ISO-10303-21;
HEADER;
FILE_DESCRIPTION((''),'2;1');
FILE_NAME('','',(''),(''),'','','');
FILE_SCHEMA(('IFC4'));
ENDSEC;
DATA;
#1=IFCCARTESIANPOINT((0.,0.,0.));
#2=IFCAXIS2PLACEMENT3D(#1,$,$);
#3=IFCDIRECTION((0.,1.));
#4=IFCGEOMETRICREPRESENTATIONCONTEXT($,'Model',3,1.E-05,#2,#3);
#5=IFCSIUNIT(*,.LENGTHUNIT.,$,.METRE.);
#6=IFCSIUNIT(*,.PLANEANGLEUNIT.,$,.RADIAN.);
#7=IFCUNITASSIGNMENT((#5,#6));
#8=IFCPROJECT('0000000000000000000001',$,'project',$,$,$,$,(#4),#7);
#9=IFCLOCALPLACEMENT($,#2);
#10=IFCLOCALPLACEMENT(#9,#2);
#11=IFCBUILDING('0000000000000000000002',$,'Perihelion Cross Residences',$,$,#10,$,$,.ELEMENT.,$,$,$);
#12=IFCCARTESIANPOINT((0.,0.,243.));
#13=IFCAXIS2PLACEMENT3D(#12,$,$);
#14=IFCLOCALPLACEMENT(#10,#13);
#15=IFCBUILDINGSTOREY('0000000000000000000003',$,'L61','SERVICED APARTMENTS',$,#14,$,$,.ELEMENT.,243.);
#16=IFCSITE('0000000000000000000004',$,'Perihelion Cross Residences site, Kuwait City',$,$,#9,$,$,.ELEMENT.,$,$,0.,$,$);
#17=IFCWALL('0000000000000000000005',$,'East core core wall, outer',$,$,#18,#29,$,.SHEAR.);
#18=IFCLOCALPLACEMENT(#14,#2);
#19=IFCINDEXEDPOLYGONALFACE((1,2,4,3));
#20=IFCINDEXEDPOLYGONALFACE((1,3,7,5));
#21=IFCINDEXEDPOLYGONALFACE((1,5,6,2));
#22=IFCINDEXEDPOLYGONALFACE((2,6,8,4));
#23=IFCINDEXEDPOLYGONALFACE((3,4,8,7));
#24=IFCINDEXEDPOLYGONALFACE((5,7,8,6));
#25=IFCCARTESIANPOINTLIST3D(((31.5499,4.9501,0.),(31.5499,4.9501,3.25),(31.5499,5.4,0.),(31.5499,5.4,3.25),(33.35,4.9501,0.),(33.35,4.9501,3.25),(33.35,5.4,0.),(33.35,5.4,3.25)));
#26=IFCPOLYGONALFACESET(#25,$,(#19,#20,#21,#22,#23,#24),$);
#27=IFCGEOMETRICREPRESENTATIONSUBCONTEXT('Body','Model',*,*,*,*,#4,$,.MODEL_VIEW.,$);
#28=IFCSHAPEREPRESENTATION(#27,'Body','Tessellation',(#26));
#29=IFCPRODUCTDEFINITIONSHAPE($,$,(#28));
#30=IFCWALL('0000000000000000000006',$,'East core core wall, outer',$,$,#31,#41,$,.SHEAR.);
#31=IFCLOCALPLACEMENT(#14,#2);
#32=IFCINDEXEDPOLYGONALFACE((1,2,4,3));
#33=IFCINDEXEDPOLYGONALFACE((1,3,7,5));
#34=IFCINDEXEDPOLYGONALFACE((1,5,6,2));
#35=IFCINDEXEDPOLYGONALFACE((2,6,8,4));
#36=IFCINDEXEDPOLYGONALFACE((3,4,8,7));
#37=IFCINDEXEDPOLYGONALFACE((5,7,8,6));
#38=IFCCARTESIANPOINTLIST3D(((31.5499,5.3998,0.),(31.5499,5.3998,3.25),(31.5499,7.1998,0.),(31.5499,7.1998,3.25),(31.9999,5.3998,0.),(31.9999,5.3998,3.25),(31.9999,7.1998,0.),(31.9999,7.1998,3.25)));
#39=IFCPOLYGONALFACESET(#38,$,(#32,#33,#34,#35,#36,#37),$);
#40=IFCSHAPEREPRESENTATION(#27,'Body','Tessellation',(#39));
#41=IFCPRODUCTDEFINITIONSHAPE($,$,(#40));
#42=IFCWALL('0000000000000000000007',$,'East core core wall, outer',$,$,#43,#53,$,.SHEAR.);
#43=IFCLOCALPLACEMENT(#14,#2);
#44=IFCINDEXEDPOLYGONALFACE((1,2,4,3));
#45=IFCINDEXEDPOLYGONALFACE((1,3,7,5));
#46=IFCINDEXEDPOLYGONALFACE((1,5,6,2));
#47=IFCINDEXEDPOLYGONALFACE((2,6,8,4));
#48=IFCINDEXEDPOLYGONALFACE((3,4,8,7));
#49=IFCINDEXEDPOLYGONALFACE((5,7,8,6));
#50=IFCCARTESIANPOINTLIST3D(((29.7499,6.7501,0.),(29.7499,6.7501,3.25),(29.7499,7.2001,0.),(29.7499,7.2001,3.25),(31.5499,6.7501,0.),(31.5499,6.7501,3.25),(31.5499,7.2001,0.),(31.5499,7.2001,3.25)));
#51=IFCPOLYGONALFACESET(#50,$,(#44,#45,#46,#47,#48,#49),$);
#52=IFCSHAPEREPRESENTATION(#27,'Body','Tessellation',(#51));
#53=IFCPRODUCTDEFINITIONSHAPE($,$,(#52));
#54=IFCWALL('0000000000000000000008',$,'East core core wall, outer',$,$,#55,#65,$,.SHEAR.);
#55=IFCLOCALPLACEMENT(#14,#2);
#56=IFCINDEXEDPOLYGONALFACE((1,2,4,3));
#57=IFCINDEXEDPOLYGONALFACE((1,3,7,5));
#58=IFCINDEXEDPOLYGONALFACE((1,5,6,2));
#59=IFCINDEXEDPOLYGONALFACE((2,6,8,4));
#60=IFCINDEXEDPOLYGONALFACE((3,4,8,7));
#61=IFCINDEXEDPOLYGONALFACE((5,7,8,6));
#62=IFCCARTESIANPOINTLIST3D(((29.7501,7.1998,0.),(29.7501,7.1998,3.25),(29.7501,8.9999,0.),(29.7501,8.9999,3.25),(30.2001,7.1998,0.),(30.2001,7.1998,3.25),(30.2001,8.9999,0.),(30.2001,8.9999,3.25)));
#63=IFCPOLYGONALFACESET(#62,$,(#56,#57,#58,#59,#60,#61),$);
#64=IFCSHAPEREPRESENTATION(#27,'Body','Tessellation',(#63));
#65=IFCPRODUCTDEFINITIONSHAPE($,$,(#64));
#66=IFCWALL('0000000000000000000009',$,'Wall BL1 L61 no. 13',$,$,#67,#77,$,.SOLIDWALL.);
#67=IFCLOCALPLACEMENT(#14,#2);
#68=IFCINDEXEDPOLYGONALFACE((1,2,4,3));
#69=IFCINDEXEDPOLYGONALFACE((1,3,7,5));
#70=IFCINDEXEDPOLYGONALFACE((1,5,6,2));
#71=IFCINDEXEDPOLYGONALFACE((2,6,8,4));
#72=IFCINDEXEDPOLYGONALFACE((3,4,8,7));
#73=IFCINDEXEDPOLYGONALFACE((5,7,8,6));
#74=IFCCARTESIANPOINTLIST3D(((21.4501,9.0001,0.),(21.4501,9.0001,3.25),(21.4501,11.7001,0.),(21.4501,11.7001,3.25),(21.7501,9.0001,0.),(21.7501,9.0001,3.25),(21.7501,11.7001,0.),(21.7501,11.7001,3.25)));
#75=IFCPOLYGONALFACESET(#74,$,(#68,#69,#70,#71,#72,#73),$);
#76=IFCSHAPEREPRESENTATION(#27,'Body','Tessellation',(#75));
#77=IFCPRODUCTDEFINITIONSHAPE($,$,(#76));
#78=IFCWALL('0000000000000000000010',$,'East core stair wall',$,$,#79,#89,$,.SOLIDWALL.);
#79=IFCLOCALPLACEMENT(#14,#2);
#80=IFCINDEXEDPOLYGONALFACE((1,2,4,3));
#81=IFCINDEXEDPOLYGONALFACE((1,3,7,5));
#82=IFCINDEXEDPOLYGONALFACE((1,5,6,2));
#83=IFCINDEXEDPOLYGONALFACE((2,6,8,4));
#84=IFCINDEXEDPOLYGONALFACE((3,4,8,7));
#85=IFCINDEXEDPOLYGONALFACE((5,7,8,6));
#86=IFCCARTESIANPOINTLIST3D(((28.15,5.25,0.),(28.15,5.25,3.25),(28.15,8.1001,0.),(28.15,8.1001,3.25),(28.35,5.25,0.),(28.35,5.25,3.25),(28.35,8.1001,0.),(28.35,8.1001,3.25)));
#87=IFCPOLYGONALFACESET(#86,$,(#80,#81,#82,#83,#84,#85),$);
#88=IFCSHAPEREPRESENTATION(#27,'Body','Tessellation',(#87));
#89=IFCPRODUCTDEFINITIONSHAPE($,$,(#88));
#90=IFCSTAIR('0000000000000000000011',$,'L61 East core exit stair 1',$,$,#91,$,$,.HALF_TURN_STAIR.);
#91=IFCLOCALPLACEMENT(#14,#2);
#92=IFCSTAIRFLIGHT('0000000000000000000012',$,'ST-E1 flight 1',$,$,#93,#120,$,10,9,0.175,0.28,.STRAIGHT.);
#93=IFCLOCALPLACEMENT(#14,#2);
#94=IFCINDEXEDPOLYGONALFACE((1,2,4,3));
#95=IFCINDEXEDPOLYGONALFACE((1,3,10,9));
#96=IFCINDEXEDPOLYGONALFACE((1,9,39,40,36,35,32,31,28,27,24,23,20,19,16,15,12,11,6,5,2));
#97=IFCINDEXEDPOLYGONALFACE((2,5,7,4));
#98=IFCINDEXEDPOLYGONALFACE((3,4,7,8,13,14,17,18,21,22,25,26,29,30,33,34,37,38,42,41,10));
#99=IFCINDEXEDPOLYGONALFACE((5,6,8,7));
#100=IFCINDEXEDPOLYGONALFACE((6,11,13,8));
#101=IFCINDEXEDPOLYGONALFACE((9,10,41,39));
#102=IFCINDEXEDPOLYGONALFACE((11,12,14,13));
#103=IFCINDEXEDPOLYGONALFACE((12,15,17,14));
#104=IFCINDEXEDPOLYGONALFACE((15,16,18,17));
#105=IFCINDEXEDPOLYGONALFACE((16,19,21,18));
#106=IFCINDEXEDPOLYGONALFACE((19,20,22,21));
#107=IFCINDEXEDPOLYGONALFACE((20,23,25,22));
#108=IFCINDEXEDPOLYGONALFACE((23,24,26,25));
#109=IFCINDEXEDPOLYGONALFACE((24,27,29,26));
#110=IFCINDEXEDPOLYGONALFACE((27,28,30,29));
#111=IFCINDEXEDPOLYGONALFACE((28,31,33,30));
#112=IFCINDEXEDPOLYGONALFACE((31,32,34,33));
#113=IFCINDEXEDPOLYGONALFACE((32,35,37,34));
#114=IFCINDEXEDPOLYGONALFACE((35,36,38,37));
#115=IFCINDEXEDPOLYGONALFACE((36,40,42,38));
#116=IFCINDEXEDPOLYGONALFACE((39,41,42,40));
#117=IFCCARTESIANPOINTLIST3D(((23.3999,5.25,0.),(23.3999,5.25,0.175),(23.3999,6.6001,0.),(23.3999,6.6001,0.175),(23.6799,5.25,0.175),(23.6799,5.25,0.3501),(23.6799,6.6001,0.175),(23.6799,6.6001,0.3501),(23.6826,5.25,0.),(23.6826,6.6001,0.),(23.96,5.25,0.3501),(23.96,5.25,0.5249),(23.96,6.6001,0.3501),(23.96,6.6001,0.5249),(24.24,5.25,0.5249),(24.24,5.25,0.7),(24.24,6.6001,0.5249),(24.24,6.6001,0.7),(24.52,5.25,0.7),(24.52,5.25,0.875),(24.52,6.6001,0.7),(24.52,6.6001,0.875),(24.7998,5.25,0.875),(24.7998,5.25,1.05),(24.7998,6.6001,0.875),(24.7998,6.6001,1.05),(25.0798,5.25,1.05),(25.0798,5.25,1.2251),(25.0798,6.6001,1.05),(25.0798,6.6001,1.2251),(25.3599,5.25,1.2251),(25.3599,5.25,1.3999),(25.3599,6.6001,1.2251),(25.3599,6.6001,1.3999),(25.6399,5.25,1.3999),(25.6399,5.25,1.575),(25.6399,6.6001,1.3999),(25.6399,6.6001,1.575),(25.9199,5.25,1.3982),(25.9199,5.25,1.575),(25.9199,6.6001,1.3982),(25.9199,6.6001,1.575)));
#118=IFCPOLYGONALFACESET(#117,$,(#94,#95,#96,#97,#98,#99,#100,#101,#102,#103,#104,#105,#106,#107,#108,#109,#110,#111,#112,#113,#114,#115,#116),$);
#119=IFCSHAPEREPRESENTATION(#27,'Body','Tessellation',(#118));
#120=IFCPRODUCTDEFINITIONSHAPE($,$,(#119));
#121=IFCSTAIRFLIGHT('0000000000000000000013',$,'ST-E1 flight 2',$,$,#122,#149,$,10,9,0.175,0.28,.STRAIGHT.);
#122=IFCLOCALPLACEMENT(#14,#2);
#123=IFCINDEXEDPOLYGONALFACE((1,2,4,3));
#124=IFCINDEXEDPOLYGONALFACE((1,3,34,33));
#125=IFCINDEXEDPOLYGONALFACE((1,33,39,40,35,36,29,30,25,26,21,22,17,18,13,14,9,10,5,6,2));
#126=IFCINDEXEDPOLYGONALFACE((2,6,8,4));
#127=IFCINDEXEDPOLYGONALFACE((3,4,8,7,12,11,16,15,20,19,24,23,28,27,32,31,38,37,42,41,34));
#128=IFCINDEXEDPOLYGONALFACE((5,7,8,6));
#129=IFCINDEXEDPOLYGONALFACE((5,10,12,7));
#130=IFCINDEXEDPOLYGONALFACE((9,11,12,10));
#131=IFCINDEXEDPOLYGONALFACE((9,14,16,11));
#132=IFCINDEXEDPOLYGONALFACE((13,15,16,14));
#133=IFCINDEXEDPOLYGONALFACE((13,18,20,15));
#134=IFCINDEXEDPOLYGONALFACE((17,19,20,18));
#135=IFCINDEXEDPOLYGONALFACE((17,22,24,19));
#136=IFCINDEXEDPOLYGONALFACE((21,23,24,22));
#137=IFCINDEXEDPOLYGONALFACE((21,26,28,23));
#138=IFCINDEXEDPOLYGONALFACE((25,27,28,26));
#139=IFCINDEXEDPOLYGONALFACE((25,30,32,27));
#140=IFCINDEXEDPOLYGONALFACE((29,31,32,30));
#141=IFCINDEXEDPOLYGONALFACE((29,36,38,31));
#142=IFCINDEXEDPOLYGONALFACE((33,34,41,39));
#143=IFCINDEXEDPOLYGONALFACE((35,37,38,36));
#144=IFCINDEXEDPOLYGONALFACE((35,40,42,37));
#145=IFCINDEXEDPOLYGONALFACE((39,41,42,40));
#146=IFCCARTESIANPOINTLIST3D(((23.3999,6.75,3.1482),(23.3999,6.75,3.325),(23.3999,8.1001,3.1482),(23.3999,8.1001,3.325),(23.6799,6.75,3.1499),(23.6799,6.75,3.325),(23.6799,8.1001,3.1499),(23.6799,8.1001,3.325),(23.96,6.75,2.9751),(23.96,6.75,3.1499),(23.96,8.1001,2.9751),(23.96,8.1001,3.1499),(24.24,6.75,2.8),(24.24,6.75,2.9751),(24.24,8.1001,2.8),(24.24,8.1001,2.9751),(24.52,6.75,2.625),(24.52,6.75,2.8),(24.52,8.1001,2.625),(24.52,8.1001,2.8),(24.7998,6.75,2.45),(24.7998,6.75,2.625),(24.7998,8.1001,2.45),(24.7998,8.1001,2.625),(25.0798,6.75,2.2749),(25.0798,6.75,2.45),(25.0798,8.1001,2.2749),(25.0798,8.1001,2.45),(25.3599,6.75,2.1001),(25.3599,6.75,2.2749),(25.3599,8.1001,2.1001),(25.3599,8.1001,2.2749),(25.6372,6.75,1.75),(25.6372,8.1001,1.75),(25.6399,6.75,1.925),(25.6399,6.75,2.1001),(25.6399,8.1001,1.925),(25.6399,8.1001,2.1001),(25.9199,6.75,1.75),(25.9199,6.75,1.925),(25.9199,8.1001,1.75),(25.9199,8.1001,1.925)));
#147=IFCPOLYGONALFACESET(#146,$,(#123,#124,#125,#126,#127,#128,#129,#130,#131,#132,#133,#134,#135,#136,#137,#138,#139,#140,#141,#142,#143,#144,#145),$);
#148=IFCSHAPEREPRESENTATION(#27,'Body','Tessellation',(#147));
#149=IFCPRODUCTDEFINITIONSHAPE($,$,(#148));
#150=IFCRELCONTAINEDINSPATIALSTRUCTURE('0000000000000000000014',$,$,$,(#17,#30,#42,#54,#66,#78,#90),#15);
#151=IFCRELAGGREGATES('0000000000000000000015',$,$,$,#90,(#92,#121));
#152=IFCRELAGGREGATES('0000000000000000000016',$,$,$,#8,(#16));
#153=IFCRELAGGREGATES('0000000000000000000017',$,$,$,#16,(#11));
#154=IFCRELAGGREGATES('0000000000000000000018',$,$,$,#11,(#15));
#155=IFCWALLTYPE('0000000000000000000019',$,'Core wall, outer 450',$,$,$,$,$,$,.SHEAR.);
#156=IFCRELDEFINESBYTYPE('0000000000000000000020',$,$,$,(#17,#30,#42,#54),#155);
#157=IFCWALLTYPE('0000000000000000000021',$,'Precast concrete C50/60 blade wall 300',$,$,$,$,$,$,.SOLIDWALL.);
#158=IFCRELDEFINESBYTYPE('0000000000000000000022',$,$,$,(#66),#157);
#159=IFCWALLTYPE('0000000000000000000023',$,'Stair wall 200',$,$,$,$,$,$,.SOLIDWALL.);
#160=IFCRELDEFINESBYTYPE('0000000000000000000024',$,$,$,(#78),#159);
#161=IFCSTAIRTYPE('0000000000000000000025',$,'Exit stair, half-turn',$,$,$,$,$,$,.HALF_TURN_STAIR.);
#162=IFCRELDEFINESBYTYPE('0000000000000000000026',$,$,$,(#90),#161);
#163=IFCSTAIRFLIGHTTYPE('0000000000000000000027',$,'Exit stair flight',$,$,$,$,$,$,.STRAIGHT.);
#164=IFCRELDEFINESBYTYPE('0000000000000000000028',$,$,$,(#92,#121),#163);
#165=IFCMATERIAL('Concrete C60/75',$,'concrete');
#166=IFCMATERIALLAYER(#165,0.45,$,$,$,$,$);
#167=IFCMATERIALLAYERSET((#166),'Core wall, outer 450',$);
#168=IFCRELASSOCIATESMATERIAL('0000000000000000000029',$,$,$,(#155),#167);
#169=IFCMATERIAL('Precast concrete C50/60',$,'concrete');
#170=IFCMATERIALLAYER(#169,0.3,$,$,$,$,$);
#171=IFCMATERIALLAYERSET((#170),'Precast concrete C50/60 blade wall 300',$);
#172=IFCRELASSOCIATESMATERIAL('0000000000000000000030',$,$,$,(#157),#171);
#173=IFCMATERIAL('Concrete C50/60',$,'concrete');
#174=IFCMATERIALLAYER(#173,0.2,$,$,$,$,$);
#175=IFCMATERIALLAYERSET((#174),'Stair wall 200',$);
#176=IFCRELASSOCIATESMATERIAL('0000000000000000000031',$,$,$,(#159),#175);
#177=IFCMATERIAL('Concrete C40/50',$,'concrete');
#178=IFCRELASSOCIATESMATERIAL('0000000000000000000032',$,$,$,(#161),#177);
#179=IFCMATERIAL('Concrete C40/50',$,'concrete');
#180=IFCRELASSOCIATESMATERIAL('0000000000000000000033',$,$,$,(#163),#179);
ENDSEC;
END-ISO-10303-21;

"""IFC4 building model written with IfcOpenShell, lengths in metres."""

from ifc_helpers import new_model, si_unit, direction, frame, frame_2d, origin, place, context, subcontext, project, spatial, polyline, rectangle, outline, extrude, material, layer, layer_set, type_object, element, aggregate, save


model = new_model("IFC4")

# Units and contexts
model_context = context("Model", 3, precision=1e-05, world=origin(), true_north=direction((0.0, 1.0)))
body_context = subcontext(model_context, "Body", "Model", "MODEL_VIEW")
ifc_project = project(units=[si_unit("LENGTHUNIT", "METRE"), si_unit("PLANEANGLEUNIT", "RADIAN")], contexts=[model_context])

# Site, building, storey
site_placement = place(None, origin())
site = spatial("IfcSite", under=ifc_project, at=site_placement, Name="Perihelion Cross Residences site, Kuwait City", CompositionType="ELEMENT", RefElevation=0.0)
building_placement = place(site_placement, origin())
building = spatial("IfcBuilding", under=site, at=building_placement, Name="Perihelion Cross Residences", CompositionType="ELEMENT")
storey_placement = place(building_placement, frame((0.0, 0.0, 243.0)))
storey = spatial("IfcBuildingStorey", under=building, at=storey_placement, Name="L61", Description="SERVICED APARTMENTS", CompositionType="ELEMENT", Elevation=243.0)

# Walls
ifc_material_1 = material(Name="Concrete C60/75", Category="concrete")
ifc_layer_1 = layer(ifc_material_1, 0.45)
ifc_layer_set_1 = layer_set([ifc_layer_1], Name="Core wall, outer 450")
wall_type_1 = type_object("IfcWallType", Name="Core wall, outer 450", PredefinedType="SHEAR", material=ifc_layer_set_1)
for number, where, z_axis, x_axis, name in (
    (1, (31.55, 5.175, 0.0), (0.0, 0.0, 1.0), (1.0, 0.0, 0.0), "East core core wall, outer"),
    (2, (31.7749, 5.3999, 0.0), (0.0, 0.0, 1.0), (0.0, 1.0, 0.0), "East core core wall, outer"),
    (3, (29.75, 6.9751, 0.0), (0.0, 0.0, 1.0), (1.0, 0.0, 0.0), "East core core wall, outer"),
    (4, (29.9751, 7.2, 0.0), (0.0, 0.0, 1.0), (0.0, 1.0, 0.0), "East core core wall, outer"),
):
    element("IfcWall", number, at=place(storey_placement, frame(where, z_axis=z_axis, x_axis=x_axis)), inside=storey, type_object=wall_type_1, Name=name, PredefinedType="SHEAR", context=body_context, shape_type="SweptSolid", body=[
        extrude(rectangle(XDim=1.8, YDim=0.45, at=frame_2d((0.8999, 0.0))), origin(), (0.0, 0.0, 1.0), 3.25),
    ])
ifc_material_2 = material(Name="Precast concrete C50/60", Category="concrete")
ifc_layer_2 = layer(ifc_material_2, 0.3)
ifc_layer_set_2 = layer_set([ifc_layer_2], Name="Precast concrete C50/60 blade wall 300")
wall_type_2 = type_object("IfcWallType", Name="Precast concrete C50/60 blade wall 300", PredefinedType="SOLIDWALL", material=ifc_layer_set_2)
wall_1_placement = place(storey_placement, frame((21.6001, 9.0, 0.0), z_axis=(0.0, 0.0, 1.0), x_axis=(0.0, 1.0, 0.0)))
element("IfcWall", 5, at=wall_1_placement, inside=storey, type_object=wall_type_2, Name="Wall BL1 L61 no. 13", PredefinedType="SOLIDWALL", context=body_context, shape_type="SweptSolid", body=[
    extrude(rectangle(XDim=2.7, YDim=0.3, at=frame_2d((1.3501, 0.0))), origin(), (0.0, 0.0, 1.0), 3.25),
])
ifc_material_3 = material(Name="Concrete C50/60", Category="concrete")
ifc_layer_3 = layer(ifc_material_3, 0.2)
ifc_layer_set_3 = layer_set([ifc_layer_3], Name="Stair wall 200")
wall_type_3 = type_object("IfcWallType", Name="Stair wall 200", PredefinedType="SOLIDWALL", material=ifc_layer_set_3)
wall_2_placement = place(storey_placement, frame((28.25, 5.25, 0.0), z_axis=(0.0, 0.0, 1.0), x_axis=(0.0, 1.0, 0.0)))
element("IfcWall", 6, at=wall_2_placement, inside=storey, type_object=wall_type_3, Name="East core stair wall", PredefinedType="SOLIDWALL", context=body_context, shape_type="SweptSolid", body=[
    extrude(rectangle(XDim=2.8501, YDim=0.2, at=frame_2d((1.425, 0.0))), origin(), (0.0, 0.0, 1.0), 3.25),
])

# Stair, stair flights
ifc_material_4 = material(Name="Concrete C40/50", Category="concrete")
stair_type = type_object("IfcStairType", Name="Exit stair, half-turn", PredefinedType="HALF_TURN_STAIR", material=ifc_material_4)
stair_placement = place(storey_placement, origin())
stair = element("IfcStair", 7, at=stair_placement, inside=storey, type_object=stair_type, Name="L61 East core exit stair 1", PredefinedType="HALF_TURN_STAIR")
ifc_material_5 = material(Name="Concrete C40/50", Category="concrete")
stair_flight_type = type_object("IfcStairFlightType", Name="Exit stair flight", PredefinedType="STRAIGHT", material=ifc_material_5)
stair_flight_1_placement = place(storey_placement, frame((23.3999, 5.925, 0.0), z_axis=(0.0, 0.0, 1.0), x_axis=(1.0, 0.0, 0.0)))
stair_flight_1 = element("IfcStairFlight", 8, at=stair_flight_1_placement, type_object=stair_flight_type, Name="ST-E1 flight 1", NumberOfRisers=10, NumberOfTreads=9, PredefinedType="STRAIGHT", RiserHeight=0.175, TreadLength=0.28, context=body_context, shape_type="SweptSolid", body=[
    extrude(outline(polyline([(0.0, 0.0), (0.0, 0.175), (0.28, 0.175), (0.28, 0.3501), (0.5601, 0.3501), (0.5601, 0.5249), (0.8401, 0.5249), (0.8401, 0.7), (1.1201, 0.7), (1.1201, 0.875), (1.3999, 0.875), (1.3999, 1.05), (1.6799, 1.05), (1.6799, 1.2251), (1.96, 1.2251), (1.96, 1.3999), (2.24, 1.3999), (2.24, 1.575), (2.52, 1.575), (2.52, 1.75), (2.52, 1.3982), (0.2827, 0.0), (0.0, 0.0)])), frame((0.0, 0.675, 0.0), z_axis=(0.0, -1.0, 0.0), x_axis=(1.0, 0.0, 0.0)), (0.0, 0.0, 1.0), 1.3501),
])
stair_flight_2_placement = place(storey_placement, frame((25.9199, 7.425, 1.75), z_axis=(0.0, 0.0, 1.0), x_axis=(-1.0, 0.0, 0.0)))
stair_flight_2 = element("IfcStairFlight", 9, at=stair_flight_2_placement, type_object=stair_flight_type, Name="ST-E1 flight 2", NumberOfRisers=10, NumberOfTreads=9, PredefinedType="STRAIGHT", RiserHeight=0.175, TreadLength=0.28, context=body_context, shape_type="SweptSolid", body=[
    extrude(outline(polyline([(0.0, 0.0), (0.0, 0.175), (0.28, 0.175), (0.28, 0.3501), (0.5601, 0.3501), (0.5601, 0.5249), (0.8401, 0.5249), (0.8401, 0.7), (1.1201, 0.7), (1.1201, 0.875), (1.3999, 0.875), (1.3999, 1.05), (1.6799, 1.05), (1.6799, 1.2251), (1.96, 1.2251), (1.96, 1.3999), (2.24, 1.3999), (2.24, 1.575), (2.52, 1.575), (2.52, 1.75), (2.52, 1.3982), (0.2827, 0.0), (0.0, 0.0)])), frame((0.0, 0.675, 0.0), z_axis=(0.0, -1.0, 0.0), x_axis=(1.0, 0.0, 0.0)), (0.0, 0.0, 1.0), 1.3501),
])
aggregate(stair, [stair_flight_1, stair_flight_2])

save(model, "model.ifc")
